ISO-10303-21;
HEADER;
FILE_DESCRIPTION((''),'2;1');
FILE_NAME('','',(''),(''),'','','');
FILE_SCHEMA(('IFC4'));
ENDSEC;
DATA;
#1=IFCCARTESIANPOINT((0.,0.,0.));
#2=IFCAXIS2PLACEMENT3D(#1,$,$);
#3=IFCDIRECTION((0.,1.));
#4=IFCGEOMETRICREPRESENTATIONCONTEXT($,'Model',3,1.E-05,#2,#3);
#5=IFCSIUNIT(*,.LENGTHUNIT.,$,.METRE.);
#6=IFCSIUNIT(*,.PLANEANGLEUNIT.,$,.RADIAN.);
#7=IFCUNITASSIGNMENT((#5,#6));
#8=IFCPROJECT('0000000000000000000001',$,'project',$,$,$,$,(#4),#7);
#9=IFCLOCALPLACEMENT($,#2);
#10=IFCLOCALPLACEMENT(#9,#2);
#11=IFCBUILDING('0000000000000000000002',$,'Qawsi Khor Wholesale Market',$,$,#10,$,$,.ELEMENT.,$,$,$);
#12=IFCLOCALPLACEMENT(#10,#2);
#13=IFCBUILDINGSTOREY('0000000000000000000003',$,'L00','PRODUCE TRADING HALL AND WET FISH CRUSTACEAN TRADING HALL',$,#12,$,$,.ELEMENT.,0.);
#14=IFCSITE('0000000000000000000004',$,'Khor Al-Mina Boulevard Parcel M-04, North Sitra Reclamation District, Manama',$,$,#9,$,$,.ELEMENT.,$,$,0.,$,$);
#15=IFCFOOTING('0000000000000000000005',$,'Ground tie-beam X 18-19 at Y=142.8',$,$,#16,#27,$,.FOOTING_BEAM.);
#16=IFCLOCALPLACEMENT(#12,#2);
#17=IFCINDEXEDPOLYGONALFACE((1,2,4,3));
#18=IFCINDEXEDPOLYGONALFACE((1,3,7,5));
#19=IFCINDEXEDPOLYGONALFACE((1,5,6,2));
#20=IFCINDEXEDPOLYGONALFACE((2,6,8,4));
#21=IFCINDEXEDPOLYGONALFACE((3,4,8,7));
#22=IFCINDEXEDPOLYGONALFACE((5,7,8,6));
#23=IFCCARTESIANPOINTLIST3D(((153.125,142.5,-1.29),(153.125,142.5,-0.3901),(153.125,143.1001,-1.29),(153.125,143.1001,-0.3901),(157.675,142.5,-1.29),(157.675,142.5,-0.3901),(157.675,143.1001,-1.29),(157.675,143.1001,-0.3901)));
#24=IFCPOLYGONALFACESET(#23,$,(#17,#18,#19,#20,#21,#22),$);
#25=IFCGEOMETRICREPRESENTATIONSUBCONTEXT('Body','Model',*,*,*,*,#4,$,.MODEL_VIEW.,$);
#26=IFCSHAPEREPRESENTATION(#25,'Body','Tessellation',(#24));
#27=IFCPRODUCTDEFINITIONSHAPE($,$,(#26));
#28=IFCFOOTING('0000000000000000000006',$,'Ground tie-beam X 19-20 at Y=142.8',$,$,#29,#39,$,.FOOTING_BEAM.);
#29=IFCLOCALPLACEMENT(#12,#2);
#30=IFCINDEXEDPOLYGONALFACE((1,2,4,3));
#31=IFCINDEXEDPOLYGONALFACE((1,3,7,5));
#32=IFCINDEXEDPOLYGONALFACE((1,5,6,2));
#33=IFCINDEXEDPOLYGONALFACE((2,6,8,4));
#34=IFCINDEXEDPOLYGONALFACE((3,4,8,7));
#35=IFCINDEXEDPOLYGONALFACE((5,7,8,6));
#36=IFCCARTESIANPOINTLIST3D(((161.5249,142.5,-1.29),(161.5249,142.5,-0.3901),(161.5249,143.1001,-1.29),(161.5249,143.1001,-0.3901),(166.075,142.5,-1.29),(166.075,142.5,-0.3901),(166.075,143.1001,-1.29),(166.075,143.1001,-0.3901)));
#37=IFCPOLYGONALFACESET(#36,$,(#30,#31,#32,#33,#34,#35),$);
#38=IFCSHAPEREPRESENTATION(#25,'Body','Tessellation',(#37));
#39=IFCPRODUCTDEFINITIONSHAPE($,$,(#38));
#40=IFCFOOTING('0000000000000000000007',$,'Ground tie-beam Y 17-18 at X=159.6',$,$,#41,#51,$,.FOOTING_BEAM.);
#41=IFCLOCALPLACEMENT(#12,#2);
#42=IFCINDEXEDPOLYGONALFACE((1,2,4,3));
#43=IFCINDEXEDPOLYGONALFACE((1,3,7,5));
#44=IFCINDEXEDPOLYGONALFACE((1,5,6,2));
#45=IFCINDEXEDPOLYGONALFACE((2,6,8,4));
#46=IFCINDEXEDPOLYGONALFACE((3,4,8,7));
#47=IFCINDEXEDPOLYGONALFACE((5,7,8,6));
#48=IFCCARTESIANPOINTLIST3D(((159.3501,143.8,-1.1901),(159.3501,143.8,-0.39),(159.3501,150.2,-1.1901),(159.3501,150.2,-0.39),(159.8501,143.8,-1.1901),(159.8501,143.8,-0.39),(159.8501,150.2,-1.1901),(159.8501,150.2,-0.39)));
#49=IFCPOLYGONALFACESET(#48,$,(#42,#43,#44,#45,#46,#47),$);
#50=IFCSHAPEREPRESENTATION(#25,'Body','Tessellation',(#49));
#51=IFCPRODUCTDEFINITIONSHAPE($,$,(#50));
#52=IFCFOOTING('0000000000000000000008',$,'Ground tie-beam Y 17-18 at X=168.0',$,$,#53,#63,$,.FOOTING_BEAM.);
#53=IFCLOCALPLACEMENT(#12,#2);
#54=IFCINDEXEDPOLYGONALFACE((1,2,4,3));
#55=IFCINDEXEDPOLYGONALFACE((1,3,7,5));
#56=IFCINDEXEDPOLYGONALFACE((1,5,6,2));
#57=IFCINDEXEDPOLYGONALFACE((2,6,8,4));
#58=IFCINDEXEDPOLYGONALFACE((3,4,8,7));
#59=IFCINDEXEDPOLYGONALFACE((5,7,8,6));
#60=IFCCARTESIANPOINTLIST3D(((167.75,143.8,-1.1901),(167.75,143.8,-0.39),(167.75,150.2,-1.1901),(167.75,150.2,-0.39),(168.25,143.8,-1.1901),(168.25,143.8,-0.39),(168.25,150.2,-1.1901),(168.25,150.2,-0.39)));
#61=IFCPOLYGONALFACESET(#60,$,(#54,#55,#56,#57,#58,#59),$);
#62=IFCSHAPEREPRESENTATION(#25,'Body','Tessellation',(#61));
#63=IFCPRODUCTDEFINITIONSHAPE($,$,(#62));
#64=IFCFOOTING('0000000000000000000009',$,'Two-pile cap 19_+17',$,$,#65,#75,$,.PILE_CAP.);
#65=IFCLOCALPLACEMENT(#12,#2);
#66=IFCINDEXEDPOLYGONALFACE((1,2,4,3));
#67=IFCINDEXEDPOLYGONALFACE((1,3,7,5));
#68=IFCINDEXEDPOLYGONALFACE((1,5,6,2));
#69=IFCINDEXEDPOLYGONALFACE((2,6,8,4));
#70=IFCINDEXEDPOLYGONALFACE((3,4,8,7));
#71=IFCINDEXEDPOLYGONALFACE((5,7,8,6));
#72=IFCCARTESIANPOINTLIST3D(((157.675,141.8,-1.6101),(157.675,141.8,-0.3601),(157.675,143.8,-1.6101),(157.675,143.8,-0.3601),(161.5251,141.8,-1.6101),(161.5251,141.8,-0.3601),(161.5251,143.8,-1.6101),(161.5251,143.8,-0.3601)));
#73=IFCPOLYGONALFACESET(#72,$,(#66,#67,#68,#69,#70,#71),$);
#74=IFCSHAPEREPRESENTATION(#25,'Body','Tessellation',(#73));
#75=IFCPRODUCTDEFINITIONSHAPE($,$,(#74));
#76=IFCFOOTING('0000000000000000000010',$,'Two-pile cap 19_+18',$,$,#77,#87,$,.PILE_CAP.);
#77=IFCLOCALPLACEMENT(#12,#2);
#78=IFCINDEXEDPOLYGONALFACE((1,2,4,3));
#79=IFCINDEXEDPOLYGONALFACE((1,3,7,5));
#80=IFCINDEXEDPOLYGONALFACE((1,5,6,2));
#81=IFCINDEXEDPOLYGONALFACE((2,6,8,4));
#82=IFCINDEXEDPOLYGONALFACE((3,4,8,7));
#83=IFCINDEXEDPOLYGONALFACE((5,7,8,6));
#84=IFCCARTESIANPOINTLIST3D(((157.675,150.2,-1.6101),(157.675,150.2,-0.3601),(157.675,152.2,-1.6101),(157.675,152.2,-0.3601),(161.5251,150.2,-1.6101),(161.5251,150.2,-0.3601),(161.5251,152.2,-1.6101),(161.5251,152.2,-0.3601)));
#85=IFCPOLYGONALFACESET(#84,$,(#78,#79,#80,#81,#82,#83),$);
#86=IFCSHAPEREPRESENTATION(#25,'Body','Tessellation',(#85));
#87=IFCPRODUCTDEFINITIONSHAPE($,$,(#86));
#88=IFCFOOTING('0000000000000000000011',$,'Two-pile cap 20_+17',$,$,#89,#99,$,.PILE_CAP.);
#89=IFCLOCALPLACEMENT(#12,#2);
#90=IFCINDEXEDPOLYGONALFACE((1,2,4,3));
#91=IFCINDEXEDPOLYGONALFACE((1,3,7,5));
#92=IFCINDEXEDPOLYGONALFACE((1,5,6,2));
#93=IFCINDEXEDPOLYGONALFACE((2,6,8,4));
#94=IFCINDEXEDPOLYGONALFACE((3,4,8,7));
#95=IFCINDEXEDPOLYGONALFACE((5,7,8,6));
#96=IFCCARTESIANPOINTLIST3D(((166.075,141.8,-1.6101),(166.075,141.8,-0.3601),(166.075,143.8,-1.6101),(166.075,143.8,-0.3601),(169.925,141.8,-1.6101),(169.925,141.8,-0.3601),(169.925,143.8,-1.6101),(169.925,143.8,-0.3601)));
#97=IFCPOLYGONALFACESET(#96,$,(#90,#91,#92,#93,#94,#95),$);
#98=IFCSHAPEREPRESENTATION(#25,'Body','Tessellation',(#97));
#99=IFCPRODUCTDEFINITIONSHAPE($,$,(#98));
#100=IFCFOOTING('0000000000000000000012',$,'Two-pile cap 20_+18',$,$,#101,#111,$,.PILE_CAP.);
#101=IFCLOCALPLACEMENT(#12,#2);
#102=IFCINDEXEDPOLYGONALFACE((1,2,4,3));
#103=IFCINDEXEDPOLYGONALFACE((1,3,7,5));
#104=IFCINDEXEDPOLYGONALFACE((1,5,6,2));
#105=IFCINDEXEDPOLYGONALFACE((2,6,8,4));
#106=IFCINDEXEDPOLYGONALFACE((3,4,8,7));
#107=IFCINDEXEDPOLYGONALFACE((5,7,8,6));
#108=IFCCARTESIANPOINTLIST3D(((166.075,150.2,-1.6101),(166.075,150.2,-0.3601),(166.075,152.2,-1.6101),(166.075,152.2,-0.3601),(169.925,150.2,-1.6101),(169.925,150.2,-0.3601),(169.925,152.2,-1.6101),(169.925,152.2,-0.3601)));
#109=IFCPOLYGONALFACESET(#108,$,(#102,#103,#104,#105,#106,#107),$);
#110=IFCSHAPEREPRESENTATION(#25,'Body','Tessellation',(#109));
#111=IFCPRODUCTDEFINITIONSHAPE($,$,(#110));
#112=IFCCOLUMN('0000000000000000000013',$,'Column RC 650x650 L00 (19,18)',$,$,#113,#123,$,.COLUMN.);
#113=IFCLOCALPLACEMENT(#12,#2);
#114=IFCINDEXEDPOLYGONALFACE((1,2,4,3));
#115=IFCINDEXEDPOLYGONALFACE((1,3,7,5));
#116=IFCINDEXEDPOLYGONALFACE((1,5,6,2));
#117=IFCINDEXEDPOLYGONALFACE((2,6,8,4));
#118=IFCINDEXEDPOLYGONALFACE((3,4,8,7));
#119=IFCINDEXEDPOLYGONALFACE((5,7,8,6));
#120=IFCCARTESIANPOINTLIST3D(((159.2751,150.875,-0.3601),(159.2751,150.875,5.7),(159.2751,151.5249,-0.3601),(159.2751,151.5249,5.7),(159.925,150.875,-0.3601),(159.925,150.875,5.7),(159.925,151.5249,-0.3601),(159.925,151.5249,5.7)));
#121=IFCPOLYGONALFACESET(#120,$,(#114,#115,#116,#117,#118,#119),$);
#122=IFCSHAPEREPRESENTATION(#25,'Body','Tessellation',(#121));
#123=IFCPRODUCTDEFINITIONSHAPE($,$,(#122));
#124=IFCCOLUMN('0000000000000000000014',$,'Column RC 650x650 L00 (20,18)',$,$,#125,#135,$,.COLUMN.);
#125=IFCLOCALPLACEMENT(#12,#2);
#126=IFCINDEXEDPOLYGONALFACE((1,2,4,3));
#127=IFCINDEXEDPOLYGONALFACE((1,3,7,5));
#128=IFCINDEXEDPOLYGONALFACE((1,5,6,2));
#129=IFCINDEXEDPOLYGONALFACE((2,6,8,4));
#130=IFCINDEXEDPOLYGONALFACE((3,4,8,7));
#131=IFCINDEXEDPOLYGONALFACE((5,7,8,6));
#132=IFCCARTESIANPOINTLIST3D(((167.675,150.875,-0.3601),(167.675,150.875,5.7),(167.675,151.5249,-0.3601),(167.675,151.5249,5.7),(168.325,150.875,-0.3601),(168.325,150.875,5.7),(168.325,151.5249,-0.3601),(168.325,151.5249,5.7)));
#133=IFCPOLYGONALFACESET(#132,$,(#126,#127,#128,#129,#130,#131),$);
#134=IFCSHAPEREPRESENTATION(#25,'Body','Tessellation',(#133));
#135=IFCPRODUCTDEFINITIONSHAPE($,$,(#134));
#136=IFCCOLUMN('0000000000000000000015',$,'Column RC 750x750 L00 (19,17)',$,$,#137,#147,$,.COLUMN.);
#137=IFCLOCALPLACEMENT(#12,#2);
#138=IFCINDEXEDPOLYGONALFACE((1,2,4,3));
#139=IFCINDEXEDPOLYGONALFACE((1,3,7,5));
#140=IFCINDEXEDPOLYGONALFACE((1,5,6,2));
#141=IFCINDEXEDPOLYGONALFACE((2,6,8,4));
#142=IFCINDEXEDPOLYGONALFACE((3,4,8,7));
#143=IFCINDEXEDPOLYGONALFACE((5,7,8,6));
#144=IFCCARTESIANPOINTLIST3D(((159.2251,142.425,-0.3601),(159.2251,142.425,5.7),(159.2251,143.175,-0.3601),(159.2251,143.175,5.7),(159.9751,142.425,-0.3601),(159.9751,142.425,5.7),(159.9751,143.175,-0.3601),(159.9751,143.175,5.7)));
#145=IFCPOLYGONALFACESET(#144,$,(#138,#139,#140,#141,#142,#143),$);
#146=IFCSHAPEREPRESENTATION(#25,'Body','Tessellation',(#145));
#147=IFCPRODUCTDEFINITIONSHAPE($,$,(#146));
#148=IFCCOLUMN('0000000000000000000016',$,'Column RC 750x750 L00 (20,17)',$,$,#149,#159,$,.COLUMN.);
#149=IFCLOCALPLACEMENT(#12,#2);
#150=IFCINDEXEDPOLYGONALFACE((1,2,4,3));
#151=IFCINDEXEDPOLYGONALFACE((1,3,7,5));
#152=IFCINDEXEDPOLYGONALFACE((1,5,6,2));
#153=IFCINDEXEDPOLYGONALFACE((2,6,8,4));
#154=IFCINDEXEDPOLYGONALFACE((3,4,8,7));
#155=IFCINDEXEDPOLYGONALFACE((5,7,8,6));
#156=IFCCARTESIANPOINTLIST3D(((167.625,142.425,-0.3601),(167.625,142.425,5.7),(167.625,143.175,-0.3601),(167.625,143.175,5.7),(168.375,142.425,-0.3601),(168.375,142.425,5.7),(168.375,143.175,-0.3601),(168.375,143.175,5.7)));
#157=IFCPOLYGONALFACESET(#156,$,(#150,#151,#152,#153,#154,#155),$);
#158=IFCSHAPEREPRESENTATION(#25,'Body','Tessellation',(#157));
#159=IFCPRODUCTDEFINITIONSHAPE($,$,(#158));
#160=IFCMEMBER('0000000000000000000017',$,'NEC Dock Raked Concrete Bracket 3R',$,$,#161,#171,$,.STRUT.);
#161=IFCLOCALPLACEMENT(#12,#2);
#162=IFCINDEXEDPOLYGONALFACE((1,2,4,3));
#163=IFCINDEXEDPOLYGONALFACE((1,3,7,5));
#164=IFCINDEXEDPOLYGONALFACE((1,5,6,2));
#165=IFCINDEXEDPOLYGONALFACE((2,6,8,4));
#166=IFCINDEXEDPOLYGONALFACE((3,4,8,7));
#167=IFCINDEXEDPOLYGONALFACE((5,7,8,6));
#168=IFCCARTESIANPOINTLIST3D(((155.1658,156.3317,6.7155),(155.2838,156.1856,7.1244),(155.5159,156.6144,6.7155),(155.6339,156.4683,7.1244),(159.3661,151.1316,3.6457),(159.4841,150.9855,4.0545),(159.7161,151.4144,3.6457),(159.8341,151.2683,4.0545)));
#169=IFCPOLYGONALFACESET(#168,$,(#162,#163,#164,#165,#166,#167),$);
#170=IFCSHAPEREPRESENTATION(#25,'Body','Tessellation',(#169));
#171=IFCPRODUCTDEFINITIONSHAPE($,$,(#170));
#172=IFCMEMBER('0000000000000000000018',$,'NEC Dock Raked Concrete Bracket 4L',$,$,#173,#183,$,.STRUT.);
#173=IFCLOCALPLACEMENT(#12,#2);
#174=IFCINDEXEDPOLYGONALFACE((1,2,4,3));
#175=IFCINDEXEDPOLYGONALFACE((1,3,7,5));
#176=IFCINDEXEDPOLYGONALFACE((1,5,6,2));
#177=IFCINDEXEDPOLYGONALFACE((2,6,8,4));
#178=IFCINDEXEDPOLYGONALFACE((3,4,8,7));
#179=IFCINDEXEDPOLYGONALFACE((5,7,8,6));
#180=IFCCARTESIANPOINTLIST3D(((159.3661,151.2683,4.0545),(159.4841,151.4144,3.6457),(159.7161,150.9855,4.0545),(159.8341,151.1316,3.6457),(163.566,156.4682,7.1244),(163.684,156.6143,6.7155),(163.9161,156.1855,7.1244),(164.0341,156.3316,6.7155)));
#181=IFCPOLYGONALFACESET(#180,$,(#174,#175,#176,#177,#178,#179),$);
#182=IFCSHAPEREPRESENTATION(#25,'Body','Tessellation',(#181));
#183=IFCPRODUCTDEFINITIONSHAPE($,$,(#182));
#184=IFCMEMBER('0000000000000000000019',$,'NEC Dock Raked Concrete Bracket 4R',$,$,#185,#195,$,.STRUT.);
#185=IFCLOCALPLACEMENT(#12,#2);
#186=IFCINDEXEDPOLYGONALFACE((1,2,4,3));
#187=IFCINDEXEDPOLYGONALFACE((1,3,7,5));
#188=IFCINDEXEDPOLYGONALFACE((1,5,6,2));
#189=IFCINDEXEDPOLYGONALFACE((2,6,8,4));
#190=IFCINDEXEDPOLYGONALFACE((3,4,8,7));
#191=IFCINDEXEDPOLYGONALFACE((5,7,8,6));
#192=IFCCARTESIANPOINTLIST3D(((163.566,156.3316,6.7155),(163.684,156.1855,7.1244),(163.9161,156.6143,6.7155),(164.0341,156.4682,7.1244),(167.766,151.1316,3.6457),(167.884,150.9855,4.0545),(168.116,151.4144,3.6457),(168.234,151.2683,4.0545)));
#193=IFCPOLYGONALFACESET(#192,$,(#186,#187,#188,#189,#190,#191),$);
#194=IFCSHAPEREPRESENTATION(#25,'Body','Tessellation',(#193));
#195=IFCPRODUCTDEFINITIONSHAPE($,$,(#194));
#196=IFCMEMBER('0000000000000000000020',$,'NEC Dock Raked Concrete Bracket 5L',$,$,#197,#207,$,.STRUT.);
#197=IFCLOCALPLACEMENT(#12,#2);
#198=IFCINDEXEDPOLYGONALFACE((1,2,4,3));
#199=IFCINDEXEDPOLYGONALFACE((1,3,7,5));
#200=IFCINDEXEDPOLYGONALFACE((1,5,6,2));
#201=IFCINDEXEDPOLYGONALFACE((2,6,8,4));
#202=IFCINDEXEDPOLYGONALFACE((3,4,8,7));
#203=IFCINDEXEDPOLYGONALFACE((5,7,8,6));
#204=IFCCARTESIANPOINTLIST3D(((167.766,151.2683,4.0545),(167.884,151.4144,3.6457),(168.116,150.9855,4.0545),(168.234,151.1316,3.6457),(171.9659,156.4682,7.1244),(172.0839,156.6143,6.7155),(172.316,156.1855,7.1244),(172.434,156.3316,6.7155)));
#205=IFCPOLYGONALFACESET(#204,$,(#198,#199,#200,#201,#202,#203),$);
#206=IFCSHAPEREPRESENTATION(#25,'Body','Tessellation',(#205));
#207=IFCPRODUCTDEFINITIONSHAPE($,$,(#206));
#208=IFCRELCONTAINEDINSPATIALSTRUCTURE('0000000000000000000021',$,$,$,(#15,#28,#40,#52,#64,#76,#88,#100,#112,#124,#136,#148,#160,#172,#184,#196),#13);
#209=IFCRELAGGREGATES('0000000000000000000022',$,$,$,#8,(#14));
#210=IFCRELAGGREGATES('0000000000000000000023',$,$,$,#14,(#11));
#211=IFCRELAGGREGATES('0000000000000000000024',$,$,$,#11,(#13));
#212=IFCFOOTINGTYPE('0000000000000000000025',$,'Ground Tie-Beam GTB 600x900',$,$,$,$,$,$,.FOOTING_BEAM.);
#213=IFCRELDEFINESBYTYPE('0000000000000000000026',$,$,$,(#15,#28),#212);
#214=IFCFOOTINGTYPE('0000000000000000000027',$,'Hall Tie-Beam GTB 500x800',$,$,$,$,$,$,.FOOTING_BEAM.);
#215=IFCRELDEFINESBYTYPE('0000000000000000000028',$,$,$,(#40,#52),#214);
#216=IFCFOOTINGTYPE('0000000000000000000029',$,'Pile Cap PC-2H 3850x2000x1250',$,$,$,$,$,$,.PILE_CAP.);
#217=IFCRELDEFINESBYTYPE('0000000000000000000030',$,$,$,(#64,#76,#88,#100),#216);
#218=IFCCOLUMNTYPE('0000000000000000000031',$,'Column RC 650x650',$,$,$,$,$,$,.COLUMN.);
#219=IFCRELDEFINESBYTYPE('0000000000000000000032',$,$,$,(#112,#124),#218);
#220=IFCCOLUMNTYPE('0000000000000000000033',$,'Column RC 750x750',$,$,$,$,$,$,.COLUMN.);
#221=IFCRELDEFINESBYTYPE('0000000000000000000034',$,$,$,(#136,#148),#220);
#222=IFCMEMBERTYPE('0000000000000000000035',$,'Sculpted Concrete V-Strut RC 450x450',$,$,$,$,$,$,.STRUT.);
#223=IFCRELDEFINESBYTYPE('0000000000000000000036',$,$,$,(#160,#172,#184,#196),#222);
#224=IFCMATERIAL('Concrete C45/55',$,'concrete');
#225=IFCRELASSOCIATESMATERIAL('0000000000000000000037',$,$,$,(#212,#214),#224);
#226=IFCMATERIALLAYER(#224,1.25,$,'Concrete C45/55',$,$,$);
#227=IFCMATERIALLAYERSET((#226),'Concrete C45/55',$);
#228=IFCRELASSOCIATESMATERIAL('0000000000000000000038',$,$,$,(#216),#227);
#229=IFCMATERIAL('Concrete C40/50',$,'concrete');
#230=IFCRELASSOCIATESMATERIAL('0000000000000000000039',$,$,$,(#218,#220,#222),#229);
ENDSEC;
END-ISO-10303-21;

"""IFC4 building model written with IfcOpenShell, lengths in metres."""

from ifc_helpers import new_model, si_unit, direction, frame, origin, origin_2d, place, context, subcontext, project, spatial, rectangle, extrude, material, layer, layer_set, material_profile, profile_set, type_object, element, save


model = new_model("IFC4")

# Units and contexts
model_context = context("Model", 3, precision=1e-05, world=origin(), true_north=direction((0.0, 1.0)))
body_context = subcontext(model_context, "Body", "Model", "MODEL_VIEW")
ifc_project = project(units=[si_unit("LENGTHUNIT", "METRE"), si_unit("PLANEANGLEUNIT", "RADIAN")], contexts=[model_context])

# Site, building, storey
site_placement = place(None, origin())
site = spatial("IfcSite", under=ifc_project, at=site_placement, Name="Khor Al-Mina Boulevard Parcel M-04, North Sitra Reclamation District, Manama", CompositionType="ELEMENT", RefElevation=0.0)
building_placement = place(site_placement, origin())
building = spatial("IfcBuilding", under=site, at=building_placement, Name="Qawsi Khor Wholesale Market", CompositionType="ELEMENT")
storey_placement = place(building_placement, origin())
storey = spatial("IfcBuildingStorey", under=building, at=storey_placement, Name="L00", Description="PRODUCE TRADING HALL AND WET FISH CRUSTACEAN TRADING HALL", CompositionType="ELEMENT", Elevation=0.0)

# Shared definitions
ifc_material_1 = material(Name="Concrete C45/55", Category="concrete")

# Footings
ifc_material_profile_1 = material_profile(ifc_material_1, rectangle(XDim=0.6001, YDim=0.8999, at=origin_2d()), Name="RC 600x900")
ifc_profile_set_1 = profile_set([ifc_material_profile_1], Name="Concrete C45/55")
footing_type_1 = type_object("IfcFootingType", Name="Ground Tie-Beam GTB 600x900", PredefinedType="FOOTING_BEAM", material=ifc_profile_set_1)
for number, where, z_axis, x_axis, name in (
    (1, (153.125, 142.8, -0.8401), (1.0, 0.0, 0.0), (0.0, 1.0, 0.0), "Ground tie-beam X 18-19 at Y=142.8"),
    (2, (161.5249, 142.8, -0.8401), (1.0, 0.0, 0.0), (0.0, 1.0, 0.0), "Ground tie-beam X 19-20 at Y=142.8"),
):
    element("IfcFooting", number, at=place(storey_placement, frame(where, z_axis=z_axis, x_axis=x_axis)), inside=storey, type_object=footing_type_1, Name=name, PredefinedType="FOOTING_BEAM", context=body_context, shape_type="SweptSolid", body=[
        extrude(rectangle(XDim=0.6001, YDim=0.8999, at=origin_2d()), origin(), (0.0, 0.0, 1.0), 4.55),
    ])
ifc_material_profile_2 = material_profile(ifc_material_1, rectangle(XDim=0.5, YDim=0.8, at=origin_2d()), Name="RC 500x800")
ifc_profile_set_2 = profile_set([ifc_material_profile_2], Name="Concrete C45/55")
footing_type_2 = type_object("IfcFootingType", Name="Hall Tie-Beam GTB 500x800", PredefinedType="FOOTING_BEAM", material=ifc_profile_set_2)
for number, where, z_axis, x_axis, name in (
    (3, (159.6001, 143.8, -0.79), (0.0, 1.0, 0.0), (-1.0, 0.0, 0.0), "Ground tie-beam Y 17-18 at X=159.6"),
    (4, (168.0, 143.8, -0.79), (0.0, 1.0, 0.0), (-1.0, 0.0, 0.0), "Ground tie-beam Y 17-18 at X=168.0"),
):
    element("IfcFooting", number, at=place(storey_placement, frame(where, z_axis=z_axis, x_axis=x_axis)), inside=storey, type_object=footing_type_2, Name=name, PredefinedType="FOOTING_BEAM", context=body_context, shape_type="SweptSolid", body=[
        extrude(rectangle(XDim=0.5, YDim=0.8, at=origin_2d()), origin(), (0.0, 0.0, 1.0), 6.3999),
    ])
ifc_layer_1 = layer(ifc_material_1, 1.25, Name="Concrete C45/55")
ifc_layer_set_1 = layer_set([ifc_layer_1], Name="Concrete C45/55")
footing_type_3 = type_object("IfcFootingType", Name="Pile Cap PC-2H 3850x2000x1250", PredefinedType="PILE_CAP", material=ifc_layer_set_1)
for number, where, z_axis, x_axis, name in (
    (5, (159.6001, 142.8, -1.6101), (0.0, 0.0, 1.0), (1.0, 0.0, 0.0), "Two-pile cap 19_+17"),
    (6, (159.6001, 151.2, -1.6101), (0.0, 0.0, 1.0), (1.0, 0.0, 0.0), "Two-pile cap 19_+18"),
    (7, (168.0, 142.8, -1.6101), (0.0, 0.0, 1.0), (1.0, 0.0, 0.0), "Two-pile cap 20_+17"),
    (8, (168.0, 151.2, -1.6101), (0.0, 0.0, 1.0), (1.0, 0.0, 0.0), "Two-pile cap 20_+18"),
):
    element("IfcFooting", number, at=place(storey_placement, frame(where, z_axis=z_axis, x_axis=x_axis)), inside=storey, type_object=footing_type_3, Name=name, PredefinedType="PILE_CAP", context=body_context, shape_type="SweptSolid", body=[
        extrude(rectangle(XDim=3.8501, YDim=2.0, at=origin_2d()), origin(), (0.0, 0.0, 1.0), 1.25),
    ])

# Columns
ifc_material_2 = material(Name="Concrete C40/50", Category="concrete")
ifc_material_profile_3 = material_profile(ifc_material_2, rectangle(XDim=0.6499, YDim=0.6499, at=origin_2d()), Name="RC 650x650")
ifc_profile_set_3 = profile_set([ifc_material_profile_3], Name="Concrete C40/50")
column_type_1 = type_object("IfcColumnType", Name="Column RC 650x650", PredefinedType="COLUMN", material=ifc_profile_set_3)
for number, where, z_axis, x_axis, name in (
    (9, (159.6001, 151.2, -0.3601), (0.0, 0.0, 1.0), (1.0, 0.0, 0.0), "Column RC 650x650 L00 (19,18)"),
    (10, (168.0, 151.2, -0.3601), (0.0, 0.0, 1.0), (1.0, 0.0, 0.0), "Column RC 650x650 L00 (20,18)"),
):
    element("IfcColumn", number, at=place(storey_placement, frame(where, z_axis=z_axis, x_axis=x_axis)), inside=storey, type_object=column_type_1, Name=name, PredefinedType="COLUMN", context=body_context, shape_type="SweptSolid", body=[
        extrude(rectangle(XDim=0.6499, YDim=0.6499, at=origin_2d()), origin(), (0.0, 0.0, 1.0), 6.0601),
    ])
ifc_material_profile_4 = material_profile(ifc_material_2, rectangle(XDim=0.75, YDim=0.75, at=origin_2d()), Name="RC 750x750")
ifc_profile_set_4 = profile_set([ifc_material_profile_4], Name="Concrete C40/50")
column_type_2 = type_object("IfcColumnType", Name="Column RC 750x750", PredefinedType="COLUMN", material=ifc_profile_set_4)
for number, where, z_axis, x_axis, name in (
    (11, (159.6001, 142.8, -0.3601), (0.0, 0.0, 1.0), (1.0, 0.0, 0.0), "Column RC 750x750 L00 (19,17)"),
    (12, (168.0, 142.8, -0.3601), (0.0, 0.0, 1.0), (1.0, 0.0, 0.0), "Column RC 750x750 L00 (20,17)"),
):
    element("IfcColumn", number, at=place(storey_placement, frame(where, z_axis=z_axis, x_axis=x_axis)), inside=storey, type_object=column_type_2, Name=name, PredefinedType="COLUMN", context=body_context, shape_type="SweptSolid", body=[
        extrude(rectangle(XDim=0.75, YDim=0.75, at=origin_2d()), origin(), (0.0, 0.0, 1.0), 6.0601),
    ])

# Members
ifc_material_profile_5 = material_profile(ifc_material_2, rectangle(XDim=0.45, YDim=0.45, at=origin_2d()), Name="RC 450x450")
ifc_profile_set_5 = profile_set([ifc_material_profile_5], Name="Concrete C40/50")
member_type = type_object("IfcMemberType", Name="Sculpted Concrete V-Strut RC 450x450", PredefinedType="STRUT", material=ifc_profile_set_5)
member_placement = place(storey_placement, frame((159.6001, 151.2, 3.8501), z_axis=(-0.57102, 0.706937, 0.417345), x_axis=(-0.777924, -0.628358, 0.0)))
element("IfcMember", 13, at=member_placement, inside=storey, type_object=member_type, Name="NEC Dock Raked Concrete Bracket 3R", PredefinedType="STRUT", context=body_context, shape_type="SweptSolid", body=[
    extrude(rectangle(XDim=0.45, YDim=0.45, at=origin_2d()), origin(), (0.0, 0.0, 1.0), 7.3557),
])
for number, where, z_axis, x_axis, name in (
    (14, (159.6001, 151.2, 3.8501), (0.570997, 0.70695, 0.417353), (-0.777942, 0.628336, 0.0), "NEC Dock Raked Concrete Bracket 4L"),
    (15, (168.0, 151.2, 3.8501), (-0.570997, 0.70695, 0.417353), (-0.777942, -0.628336, 0.0), "NEC Dock Raked Concrete Bracket 4R"),
    (16, (168.0, 151.2, 3.8501), (0.570997, 0.70695, 0.417353), (-0.777942, 0.628336, 0.0), "NEC Dock Raked Concrete Bracket 5L"),
):
    element("IfcMember", number, at=place(storey_placement, frame(where, z_axis=z_axis, x_axis=x_axis)), inside=storey, type_object=member_type, Name=name, PredefinedType="STRUT", context=body_context, shape_type="SweptSolid", body=[
        extrude(rectangle(XDim=0.45, YDim=0.45, at=origin_2d()), origin(), (0.0, 0.0, 1.0), 7.3555),
    ])

save(model, "model.ifc")
